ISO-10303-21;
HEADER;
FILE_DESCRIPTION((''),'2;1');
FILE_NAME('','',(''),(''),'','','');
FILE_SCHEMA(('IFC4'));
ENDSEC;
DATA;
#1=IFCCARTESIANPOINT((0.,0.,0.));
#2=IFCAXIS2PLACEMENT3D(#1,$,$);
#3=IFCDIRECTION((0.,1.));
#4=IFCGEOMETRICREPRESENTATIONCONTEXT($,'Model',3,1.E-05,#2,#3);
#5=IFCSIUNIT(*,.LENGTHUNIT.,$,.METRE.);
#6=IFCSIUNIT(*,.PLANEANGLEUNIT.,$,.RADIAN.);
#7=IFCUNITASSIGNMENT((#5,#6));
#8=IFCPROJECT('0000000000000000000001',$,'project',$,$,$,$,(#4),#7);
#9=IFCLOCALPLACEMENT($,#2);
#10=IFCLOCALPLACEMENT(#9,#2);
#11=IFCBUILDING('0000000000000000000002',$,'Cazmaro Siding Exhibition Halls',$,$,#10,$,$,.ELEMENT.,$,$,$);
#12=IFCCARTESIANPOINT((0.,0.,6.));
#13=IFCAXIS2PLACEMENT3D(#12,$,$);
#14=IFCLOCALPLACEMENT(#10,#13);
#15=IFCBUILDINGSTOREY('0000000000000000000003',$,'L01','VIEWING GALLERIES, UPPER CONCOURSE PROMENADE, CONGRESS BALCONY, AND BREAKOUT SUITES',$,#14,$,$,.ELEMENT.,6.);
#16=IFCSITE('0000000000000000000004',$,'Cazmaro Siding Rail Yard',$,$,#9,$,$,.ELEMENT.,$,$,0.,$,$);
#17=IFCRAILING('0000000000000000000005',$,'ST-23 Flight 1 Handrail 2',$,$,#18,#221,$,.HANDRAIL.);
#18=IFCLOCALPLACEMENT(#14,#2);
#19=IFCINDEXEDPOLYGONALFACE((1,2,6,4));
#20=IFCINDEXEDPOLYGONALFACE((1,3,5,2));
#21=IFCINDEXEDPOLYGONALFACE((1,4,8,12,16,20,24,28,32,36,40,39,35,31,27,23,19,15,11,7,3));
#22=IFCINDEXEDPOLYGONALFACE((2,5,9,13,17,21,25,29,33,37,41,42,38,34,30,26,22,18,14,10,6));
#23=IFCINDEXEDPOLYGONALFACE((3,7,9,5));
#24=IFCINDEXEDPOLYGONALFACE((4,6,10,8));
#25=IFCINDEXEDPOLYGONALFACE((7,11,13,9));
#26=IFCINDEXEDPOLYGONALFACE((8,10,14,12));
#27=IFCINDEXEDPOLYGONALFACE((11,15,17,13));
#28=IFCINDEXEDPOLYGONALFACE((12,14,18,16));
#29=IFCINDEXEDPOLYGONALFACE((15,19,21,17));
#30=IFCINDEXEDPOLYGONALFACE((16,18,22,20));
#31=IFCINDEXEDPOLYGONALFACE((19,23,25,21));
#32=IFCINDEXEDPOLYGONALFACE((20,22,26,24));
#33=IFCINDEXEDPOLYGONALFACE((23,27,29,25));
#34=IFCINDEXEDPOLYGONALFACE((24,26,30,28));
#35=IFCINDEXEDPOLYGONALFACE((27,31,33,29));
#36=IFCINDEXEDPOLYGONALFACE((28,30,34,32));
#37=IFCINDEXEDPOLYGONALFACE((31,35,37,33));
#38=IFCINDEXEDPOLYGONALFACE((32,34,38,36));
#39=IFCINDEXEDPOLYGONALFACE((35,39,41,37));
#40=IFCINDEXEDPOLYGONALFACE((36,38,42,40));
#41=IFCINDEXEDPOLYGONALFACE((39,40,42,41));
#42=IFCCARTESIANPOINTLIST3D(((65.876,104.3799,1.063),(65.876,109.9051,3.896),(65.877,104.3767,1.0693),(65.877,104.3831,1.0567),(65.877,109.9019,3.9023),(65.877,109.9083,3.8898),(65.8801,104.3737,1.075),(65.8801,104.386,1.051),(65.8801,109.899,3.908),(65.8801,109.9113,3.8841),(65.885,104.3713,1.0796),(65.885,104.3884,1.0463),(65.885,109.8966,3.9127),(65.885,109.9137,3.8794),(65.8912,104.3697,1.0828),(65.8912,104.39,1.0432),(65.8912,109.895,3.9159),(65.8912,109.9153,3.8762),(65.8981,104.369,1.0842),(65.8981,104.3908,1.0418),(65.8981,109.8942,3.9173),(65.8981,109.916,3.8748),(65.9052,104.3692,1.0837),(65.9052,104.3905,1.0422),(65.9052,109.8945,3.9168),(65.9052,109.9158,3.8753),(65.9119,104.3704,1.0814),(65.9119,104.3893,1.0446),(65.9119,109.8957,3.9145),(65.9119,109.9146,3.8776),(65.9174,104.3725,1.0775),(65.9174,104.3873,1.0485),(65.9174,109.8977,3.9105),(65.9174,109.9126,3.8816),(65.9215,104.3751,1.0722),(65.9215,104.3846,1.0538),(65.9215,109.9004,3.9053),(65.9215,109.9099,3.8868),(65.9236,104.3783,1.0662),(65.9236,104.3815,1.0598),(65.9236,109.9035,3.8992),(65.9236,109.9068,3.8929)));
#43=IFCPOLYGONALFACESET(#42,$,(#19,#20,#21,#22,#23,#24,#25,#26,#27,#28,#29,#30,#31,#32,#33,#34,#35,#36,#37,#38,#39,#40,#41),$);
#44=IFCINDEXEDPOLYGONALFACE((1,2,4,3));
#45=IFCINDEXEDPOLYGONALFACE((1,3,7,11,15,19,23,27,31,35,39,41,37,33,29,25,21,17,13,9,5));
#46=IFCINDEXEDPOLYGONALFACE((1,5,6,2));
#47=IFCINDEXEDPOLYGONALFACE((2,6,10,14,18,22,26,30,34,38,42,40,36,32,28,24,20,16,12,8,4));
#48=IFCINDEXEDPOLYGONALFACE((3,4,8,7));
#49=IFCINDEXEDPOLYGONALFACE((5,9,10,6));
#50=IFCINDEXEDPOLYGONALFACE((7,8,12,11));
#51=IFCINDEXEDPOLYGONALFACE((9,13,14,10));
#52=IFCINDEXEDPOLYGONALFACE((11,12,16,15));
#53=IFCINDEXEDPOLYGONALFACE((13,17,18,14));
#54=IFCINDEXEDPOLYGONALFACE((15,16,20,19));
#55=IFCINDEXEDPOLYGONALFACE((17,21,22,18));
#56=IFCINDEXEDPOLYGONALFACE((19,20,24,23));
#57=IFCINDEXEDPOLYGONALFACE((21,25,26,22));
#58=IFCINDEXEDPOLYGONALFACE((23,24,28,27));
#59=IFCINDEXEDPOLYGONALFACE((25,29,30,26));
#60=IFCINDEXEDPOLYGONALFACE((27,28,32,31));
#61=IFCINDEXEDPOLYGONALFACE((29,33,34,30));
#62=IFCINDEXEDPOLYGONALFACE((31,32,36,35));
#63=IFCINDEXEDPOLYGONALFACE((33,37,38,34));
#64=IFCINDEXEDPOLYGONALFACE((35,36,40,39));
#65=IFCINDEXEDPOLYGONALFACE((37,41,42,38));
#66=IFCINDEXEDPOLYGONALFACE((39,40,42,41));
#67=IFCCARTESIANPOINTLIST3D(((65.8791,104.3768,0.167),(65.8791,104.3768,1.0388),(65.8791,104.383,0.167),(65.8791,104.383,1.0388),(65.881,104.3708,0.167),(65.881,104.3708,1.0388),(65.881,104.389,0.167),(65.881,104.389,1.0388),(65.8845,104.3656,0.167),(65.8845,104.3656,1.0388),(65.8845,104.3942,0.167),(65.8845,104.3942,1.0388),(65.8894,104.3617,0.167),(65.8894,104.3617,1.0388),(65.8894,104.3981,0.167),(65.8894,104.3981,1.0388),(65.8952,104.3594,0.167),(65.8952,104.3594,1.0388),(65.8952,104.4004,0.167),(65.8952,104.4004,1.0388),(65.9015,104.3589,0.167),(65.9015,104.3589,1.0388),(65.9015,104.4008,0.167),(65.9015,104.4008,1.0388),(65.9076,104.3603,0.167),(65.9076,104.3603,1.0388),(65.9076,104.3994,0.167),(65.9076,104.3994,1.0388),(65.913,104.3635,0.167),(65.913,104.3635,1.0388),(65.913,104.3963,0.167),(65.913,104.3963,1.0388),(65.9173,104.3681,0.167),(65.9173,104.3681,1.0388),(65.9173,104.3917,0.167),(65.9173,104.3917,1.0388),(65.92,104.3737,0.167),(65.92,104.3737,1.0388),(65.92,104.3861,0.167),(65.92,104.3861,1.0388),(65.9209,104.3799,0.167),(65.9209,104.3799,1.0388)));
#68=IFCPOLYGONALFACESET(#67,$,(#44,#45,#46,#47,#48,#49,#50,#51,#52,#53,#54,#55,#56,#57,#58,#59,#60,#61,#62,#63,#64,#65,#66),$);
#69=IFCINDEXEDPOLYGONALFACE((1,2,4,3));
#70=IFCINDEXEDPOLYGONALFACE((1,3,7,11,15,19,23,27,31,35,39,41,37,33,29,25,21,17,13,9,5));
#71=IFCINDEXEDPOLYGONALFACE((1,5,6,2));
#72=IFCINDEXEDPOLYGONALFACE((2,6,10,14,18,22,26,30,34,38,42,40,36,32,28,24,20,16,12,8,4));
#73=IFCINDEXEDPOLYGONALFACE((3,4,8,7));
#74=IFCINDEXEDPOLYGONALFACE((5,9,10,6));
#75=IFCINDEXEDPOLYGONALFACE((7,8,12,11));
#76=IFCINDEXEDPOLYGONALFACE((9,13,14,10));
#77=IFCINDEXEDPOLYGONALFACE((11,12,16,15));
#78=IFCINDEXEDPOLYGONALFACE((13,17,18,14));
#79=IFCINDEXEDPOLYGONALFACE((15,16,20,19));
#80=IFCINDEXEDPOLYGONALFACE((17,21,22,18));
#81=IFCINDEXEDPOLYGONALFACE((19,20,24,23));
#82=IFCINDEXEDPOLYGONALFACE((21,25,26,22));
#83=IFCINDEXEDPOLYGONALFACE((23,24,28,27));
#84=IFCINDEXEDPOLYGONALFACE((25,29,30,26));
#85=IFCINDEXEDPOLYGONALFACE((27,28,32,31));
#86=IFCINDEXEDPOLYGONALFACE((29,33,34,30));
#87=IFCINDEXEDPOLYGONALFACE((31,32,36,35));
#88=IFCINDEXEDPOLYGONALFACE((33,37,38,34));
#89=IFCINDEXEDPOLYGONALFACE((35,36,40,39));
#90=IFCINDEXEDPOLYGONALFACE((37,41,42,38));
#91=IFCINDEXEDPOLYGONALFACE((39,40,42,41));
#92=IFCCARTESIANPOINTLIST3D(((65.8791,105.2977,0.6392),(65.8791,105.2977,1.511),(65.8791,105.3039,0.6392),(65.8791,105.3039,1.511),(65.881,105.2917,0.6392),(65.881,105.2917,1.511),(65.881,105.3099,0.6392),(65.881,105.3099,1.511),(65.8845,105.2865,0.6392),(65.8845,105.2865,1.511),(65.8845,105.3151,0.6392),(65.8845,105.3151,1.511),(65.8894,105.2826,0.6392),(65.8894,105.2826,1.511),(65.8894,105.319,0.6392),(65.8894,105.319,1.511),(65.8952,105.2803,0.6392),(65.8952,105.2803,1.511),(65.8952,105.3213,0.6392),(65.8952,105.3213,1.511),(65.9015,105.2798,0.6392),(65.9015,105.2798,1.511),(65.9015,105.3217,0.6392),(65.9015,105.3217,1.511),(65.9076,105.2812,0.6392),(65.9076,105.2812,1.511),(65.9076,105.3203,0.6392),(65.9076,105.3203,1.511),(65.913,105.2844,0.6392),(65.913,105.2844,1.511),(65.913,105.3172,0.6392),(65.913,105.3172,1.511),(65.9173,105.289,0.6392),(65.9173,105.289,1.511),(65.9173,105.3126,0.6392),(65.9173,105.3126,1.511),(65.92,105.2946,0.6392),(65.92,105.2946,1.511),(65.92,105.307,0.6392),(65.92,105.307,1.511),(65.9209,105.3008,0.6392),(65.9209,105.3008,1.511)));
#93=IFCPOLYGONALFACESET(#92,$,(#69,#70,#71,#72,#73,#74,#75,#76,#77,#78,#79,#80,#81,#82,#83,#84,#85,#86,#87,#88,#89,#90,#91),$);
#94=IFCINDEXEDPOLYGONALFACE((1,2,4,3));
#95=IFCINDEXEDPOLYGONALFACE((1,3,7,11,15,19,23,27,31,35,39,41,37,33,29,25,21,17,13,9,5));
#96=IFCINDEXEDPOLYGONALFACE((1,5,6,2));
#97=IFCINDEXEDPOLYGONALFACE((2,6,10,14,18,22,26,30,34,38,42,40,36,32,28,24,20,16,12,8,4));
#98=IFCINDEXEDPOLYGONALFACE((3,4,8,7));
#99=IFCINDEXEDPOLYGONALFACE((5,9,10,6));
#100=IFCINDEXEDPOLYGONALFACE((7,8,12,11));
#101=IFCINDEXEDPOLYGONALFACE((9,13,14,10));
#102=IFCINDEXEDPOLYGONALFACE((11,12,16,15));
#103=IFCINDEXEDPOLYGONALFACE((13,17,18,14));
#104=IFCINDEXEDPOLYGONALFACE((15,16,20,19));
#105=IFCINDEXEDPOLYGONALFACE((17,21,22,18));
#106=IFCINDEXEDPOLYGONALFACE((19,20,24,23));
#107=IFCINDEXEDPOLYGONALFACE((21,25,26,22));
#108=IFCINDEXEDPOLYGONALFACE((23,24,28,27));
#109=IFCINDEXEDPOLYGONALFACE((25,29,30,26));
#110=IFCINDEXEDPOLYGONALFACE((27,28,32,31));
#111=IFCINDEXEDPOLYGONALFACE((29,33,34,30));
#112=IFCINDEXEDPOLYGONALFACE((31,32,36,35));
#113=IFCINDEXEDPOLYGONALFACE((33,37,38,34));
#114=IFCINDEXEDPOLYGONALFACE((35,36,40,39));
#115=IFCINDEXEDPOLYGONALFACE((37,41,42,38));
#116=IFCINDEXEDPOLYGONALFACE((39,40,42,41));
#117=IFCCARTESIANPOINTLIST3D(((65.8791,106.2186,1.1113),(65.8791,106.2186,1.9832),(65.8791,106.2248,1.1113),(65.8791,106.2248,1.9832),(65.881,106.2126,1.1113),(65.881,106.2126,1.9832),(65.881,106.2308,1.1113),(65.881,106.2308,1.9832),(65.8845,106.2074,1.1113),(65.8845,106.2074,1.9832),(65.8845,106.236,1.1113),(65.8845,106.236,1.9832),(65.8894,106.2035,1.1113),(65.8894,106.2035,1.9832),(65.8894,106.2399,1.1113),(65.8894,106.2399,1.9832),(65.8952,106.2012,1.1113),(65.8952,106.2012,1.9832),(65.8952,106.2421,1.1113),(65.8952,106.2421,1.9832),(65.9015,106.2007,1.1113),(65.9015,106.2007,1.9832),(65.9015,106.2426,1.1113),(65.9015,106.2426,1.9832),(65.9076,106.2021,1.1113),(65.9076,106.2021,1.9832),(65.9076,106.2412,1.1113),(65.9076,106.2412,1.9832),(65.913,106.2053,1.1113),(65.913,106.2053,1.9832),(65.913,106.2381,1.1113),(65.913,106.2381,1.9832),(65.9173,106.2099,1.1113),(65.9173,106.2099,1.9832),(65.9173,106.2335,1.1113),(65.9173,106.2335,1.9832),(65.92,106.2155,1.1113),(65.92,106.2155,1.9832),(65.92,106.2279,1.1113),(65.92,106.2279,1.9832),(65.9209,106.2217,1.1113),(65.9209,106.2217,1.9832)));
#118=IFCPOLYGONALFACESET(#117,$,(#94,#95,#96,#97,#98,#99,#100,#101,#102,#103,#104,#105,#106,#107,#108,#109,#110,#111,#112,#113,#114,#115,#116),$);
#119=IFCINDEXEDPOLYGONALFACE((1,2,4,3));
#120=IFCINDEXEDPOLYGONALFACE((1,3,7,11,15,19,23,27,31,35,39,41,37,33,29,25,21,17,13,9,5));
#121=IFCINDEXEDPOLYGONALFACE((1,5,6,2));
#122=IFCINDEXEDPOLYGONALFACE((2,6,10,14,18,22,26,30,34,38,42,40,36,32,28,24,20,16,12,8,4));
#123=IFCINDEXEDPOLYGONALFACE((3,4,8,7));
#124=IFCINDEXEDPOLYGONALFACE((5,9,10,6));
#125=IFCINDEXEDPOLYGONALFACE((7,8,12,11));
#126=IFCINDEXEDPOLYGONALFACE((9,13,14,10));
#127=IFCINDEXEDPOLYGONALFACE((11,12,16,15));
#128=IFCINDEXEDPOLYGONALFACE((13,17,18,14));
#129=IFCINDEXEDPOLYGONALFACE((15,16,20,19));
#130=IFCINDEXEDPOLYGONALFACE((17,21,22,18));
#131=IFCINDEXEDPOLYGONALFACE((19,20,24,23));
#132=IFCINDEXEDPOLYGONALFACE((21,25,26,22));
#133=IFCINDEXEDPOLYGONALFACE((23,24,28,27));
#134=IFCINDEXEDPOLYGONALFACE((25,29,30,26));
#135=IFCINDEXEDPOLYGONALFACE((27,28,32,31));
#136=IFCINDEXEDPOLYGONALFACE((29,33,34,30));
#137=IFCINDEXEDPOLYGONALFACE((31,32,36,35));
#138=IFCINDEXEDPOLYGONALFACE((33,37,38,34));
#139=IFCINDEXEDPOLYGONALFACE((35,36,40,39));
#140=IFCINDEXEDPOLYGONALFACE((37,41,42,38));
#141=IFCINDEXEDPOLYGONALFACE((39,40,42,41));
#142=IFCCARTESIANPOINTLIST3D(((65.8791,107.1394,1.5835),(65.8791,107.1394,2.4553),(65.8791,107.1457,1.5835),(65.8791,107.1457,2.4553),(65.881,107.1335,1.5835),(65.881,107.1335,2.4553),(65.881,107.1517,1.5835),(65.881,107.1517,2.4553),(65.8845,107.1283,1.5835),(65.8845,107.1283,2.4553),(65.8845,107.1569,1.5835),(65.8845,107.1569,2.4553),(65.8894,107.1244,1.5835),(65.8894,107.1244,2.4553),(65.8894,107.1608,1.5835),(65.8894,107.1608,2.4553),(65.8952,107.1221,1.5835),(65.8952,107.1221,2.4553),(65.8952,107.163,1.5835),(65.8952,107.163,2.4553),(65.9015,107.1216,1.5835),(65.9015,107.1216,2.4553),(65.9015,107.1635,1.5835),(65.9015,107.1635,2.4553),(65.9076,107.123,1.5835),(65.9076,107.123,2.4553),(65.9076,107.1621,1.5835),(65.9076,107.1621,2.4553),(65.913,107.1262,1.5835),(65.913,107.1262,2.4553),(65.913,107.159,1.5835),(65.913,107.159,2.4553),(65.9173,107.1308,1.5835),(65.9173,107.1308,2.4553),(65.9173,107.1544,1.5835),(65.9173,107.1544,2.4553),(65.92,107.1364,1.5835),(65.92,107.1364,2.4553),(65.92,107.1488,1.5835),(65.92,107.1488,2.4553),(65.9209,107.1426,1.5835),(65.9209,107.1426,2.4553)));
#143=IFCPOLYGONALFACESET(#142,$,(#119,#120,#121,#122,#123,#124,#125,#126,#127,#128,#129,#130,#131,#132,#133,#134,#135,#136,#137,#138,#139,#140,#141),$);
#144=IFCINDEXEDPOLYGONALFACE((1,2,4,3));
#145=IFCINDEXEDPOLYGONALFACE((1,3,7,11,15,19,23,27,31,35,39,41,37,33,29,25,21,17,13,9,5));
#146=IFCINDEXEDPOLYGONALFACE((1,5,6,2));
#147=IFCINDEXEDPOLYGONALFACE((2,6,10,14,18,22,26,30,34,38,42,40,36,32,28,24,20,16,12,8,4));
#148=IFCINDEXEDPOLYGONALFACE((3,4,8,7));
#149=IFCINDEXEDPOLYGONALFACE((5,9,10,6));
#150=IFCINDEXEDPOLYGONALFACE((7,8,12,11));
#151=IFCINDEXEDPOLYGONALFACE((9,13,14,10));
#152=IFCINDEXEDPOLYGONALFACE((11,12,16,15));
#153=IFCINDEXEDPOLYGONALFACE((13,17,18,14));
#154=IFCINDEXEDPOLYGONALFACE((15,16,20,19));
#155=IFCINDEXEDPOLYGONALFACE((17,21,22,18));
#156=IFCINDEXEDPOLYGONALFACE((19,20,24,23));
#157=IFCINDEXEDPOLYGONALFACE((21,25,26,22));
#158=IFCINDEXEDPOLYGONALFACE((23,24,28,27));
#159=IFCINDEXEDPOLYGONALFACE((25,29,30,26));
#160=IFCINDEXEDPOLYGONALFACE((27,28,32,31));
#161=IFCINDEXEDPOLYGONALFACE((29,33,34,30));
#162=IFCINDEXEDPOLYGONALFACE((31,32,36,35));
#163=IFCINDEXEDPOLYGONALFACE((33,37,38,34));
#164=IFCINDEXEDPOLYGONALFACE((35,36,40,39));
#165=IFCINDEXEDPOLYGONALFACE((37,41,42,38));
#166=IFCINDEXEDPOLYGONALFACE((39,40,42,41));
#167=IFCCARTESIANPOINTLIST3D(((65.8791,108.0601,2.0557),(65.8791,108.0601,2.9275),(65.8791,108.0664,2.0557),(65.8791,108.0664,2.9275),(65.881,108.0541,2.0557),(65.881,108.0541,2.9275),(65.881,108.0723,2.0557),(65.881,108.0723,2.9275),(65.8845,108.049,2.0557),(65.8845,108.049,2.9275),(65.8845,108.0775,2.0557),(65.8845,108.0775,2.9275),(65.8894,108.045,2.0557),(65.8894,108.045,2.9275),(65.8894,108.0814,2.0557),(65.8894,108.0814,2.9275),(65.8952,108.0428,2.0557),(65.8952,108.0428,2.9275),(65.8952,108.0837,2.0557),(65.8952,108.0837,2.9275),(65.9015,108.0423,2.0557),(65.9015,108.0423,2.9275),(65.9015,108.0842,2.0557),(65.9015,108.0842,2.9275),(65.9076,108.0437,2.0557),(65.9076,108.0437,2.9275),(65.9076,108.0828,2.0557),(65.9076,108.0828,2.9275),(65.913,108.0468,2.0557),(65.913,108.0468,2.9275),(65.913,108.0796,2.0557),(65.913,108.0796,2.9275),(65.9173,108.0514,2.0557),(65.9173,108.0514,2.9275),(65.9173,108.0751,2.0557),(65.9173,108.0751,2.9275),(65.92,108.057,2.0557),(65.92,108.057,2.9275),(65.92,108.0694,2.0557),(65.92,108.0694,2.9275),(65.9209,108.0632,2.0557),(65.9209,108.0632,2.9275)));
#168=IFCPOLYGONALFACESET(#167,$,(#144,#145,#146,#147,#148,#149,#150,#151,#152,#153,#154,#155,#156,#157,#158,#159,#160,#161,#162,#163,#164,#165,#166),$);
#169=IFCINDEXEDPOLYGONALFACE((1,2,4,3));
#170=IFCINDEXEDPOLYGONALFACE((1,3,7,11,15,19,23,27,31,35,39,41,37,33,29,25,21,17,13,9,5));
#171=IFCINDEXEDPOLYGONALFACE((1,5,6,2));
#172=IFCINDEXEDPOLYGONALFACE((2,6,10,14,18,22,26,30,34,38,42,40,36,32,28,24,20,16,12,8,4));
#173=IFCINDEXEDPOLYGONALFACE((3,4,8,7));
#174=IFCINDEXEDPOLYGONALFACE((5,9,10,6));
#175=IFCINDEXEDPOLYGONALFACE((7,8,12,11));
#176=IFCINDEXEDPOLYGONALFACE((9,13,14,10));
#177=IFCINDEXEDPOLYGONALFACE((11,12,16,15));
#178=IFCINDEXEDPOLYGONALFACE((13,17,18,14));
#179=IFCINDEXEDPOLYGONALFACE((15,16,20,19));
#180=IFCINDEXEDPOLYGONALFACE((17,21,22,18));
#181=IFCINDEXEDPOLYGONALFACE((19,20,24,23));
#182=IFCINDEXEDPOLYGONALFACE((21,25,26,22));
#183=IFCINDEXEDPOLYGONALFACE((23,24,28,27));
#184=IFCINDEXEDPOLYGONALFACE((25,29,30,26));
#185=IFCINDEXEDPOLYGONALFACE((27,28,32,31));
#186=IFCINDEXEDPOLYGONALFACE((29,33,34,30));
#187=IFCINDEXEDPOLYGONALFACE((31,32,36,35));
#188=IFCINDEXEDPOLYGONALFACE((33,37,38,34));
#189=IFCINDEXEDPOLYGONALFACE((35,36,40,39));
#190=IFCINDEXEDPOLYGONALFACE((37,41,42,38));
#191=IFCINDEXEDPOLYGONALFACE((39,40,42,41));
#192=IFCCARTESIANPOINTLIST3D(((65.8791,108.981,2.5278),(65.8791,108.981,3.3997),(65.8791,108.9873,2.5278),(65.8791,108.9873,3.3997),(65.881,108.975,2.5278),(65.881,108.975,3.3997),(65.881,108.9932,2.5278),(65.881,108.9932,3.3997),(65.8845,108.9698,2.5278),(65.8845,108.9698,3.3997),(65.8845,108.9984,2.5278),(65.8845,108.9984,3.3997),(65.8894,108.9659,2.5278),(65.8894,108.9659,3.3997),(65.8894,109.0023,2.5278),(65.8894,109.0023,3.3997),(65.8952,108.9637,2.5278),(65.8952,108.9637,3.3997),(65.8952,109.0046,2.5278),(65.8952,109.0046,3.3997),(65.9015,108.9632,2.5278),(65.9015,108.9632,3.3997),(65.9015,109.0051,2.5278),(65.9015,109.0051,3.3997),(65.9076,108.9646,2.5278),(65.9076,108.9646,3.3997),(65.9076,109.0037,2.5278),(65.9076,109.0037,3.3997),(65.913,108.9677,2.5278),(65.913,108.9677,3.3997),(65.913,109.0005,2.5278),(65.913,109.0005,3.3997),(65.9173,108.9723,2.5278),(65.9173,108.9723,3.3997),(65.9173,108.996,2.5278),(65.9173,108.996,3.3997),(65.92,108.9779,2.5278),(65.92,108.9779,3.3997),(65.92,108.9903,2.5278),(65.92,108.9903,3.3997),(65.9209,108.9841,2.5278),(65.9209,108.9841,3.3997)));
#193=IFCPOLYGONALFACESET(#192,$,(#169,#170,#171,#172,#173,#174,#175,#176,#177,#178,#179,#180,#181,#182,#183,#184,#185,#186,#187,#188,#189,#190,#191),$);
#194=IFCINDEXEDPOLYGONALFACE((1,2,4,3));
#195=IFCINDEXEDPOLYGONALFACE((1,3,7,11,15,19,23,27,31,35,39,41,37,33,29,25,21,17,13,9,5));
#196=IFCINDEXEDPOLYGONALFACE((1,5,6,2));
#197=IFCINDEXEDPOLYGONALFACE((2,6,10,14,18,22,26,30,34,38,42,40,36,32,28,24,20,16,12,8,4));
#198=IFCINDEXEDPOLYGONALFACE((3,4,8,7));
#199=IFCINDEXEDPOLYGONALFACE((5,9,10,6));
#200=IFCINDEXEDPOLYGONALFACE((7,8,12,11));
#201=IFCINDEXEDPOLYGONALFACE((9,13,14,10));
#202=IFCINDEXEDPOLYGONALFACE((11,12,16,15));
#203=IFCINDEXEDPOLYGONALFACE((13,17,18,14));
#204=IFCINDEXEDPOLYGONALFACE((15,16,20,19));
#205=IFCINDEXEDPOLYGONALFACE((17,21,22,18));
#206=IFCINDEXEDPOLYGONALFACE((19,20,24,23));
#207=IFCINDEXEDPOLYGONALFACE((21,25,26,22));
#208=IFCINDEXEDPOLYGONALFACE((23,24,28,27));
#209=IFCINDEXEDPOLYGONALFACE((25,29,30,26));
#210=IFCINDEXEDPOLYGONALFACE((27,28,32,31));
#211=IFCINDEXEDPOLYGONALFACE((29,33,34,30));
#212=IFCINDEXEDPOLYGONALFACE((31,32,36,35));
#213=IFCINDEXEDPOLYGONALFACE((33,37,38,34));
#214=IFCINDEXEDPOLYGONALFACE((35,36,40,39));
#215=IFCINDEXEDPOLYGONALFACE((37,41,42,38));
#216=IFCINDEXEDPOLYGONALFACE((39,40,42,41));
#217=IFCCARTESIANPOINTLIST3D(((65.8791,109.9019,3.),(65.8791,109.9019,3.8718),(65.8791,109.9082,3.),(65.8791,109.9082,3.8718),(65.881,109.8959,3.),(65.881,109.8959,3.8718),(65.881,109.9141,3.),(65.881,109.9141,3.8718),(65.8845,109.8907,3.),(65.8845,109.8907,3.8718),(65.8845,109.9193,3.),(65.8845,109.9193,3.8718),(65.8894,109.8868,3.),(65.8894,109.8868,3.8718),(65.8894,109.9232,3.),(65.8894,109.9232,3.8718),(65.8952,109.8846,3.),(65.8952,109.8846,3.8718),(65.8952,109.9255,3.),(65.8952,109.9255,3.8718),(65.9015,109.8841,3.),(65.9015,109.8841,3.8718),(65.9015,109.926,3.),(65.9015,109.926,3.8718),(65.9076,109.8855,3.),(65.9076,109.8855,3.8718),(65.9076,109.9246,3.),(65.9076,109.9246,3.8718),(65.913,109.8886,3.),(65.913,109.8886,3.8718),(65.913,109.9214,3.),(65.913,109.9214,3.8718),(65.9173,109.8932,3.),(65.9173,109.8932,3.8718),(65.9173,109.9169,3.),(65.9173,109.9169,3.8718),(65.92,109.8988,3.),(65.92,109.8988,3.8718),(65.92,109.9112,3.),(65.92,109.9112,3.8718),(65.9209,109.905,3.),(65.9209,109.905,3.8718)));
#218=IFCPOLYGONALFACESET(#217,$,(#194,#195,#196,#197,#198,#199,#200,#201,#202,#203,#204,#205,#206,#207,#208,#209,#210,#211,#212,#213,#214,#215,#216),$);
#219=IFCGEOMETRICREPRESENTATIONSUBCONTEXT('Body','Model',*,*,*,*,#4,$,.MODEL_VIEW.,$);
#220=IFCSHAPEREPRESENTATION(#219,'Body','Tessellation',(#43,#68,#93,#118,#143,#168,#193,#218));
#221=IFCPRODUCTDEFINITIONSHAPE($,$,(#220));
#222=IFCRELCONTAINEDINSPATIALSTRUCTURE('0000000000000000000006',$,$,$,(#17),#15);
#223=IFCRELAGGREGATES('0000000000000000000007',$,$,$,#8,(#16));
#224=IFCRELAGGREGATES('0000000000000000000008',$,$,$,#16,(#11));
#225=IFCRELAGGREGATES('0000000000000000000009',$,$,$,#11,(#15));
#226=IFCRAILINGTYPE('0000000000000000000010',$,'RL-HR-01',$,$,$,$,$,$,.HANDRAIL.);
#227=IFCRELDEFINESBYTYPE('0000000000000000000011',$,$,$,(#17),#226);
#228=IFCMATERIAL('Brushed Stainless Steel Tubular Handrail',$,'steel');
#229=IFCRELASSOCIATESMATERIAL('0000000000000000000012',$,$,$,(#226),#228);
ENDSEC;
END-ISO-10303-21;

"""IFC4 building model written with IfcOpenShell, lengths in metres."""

from ifc_helpers import new_model, si_unit, direction, frame, origin, origin_2d, place, context, subcontext, project, spatial, circle, extrude, material, type_object, element, save


model = new_model("IFC4")

# Units and contexts
model_context = context("Model", 3, precision=1e-05, world=origin(), true_north=direction((0.0, 1.0)))
body_context = subcontext(model_context, "Body", "Model", "MODEL_VIEW")
ifc_project = project(units=[si_unit("LENGTHUNIT", "METRE"), si_unit("PLANEANGLEUNIT", "RADIAN")], contexts=[model_context])

# Site, building, storey
site_placement = place(None, origin())
site = spatial("IfcSite", under=ifc_project, at=site_placement, Name="Cazmaro Siding Rail Yard", CompositionType="ELEMENT", RefElevation=0.0)
building_placement = place(site_placement, origin())
building = spatial("IfcBuilding", under=site, at=building_placement, Name="Cazmaro Siding Exhibition Halls", CompositionType="ELEMENT")
storey_placement = place(building_placement, frame((0.0, 0.0, 6.0)))
storey = spatial("IfcBuildingStorey", under=building, at=storey_placement, Name="L01", Description="VIEWING GALLERIES, UPPER CONCOURSE PROMENADE, CONGRESS BALCONY, AND BREAKOUT SUITES", CompositionType="ELEMENT", Elevation=6.0)

# Railing
ifc_material_1 = material(Name="Brushed Stainless Steel Tubular Handrail", Category="steel")
railing_type_1 = type_object("IfcRailingType", Name="RL-HR-01", PredefinedType="HANDRAIL", material=ifc_material_1)
railing_1_placement = place(storey_placement, frame((65.8999, 104.3799, 0.167)))
element("IfcRailing", 1, at=railing_1_placement, inside=storey, type_object=railing_type_1, Name="ST-23 Flight 1 Handrail 2", PredefinedType="HANDRAIL", context=body_context, shape_type="SweptSolid", body=[
    extrude(circle(Radius=0.0239, at=origin_2d()), frame((0.0, 0.0, 0.896), z_axis=(0.0, 0.889844, 0.456266), x_axis=(-1.0, 0.0, 0.0)), (0.0, 0.0, 1.0), 6.2092),
    extrude(circle(Radius=0.021, at=origin_2d()), origin(), (0.0, 0.0, 1.0), 0.8718),
    extrude(circle(Radius=0.021, at=origin_2d()), frame((0.0, 0.9209, 0.4722)), (0.0, 0.0, 1.0), 0.8718),
    extrude(circle(Radius=0.021, at=origin_2d()), frame((0.0, 1.8418, 0.9443)), (0.0, 0.0, 1.0), 0.8718),
    extrude(circle(Radius=0.021, at=origin_2d()), frame((0.0, 2.7627, 1.4165)), (0.0, 0.0, 1.0), 0.8718),
    extrude(circle(Radius=0.021, at=origin_2d()), frame((0.0, 3.6833, 1.8887)), (0.0, 0.0, 1.0), 0.8718),
    extrude(circle(Radius=0.021, at=origin_2d()), frame((0.0, 4.6042, 2.3608)), (0.0, 0.0, 1.0), 0.8718),
    extrude(circle(Radius=0.021, at=origin_2d()), frame((0.0, 5.5251, 2.833)), (0.0, 0.0, 1.0), 0.8718),
])

save(model, "model.ifc")
